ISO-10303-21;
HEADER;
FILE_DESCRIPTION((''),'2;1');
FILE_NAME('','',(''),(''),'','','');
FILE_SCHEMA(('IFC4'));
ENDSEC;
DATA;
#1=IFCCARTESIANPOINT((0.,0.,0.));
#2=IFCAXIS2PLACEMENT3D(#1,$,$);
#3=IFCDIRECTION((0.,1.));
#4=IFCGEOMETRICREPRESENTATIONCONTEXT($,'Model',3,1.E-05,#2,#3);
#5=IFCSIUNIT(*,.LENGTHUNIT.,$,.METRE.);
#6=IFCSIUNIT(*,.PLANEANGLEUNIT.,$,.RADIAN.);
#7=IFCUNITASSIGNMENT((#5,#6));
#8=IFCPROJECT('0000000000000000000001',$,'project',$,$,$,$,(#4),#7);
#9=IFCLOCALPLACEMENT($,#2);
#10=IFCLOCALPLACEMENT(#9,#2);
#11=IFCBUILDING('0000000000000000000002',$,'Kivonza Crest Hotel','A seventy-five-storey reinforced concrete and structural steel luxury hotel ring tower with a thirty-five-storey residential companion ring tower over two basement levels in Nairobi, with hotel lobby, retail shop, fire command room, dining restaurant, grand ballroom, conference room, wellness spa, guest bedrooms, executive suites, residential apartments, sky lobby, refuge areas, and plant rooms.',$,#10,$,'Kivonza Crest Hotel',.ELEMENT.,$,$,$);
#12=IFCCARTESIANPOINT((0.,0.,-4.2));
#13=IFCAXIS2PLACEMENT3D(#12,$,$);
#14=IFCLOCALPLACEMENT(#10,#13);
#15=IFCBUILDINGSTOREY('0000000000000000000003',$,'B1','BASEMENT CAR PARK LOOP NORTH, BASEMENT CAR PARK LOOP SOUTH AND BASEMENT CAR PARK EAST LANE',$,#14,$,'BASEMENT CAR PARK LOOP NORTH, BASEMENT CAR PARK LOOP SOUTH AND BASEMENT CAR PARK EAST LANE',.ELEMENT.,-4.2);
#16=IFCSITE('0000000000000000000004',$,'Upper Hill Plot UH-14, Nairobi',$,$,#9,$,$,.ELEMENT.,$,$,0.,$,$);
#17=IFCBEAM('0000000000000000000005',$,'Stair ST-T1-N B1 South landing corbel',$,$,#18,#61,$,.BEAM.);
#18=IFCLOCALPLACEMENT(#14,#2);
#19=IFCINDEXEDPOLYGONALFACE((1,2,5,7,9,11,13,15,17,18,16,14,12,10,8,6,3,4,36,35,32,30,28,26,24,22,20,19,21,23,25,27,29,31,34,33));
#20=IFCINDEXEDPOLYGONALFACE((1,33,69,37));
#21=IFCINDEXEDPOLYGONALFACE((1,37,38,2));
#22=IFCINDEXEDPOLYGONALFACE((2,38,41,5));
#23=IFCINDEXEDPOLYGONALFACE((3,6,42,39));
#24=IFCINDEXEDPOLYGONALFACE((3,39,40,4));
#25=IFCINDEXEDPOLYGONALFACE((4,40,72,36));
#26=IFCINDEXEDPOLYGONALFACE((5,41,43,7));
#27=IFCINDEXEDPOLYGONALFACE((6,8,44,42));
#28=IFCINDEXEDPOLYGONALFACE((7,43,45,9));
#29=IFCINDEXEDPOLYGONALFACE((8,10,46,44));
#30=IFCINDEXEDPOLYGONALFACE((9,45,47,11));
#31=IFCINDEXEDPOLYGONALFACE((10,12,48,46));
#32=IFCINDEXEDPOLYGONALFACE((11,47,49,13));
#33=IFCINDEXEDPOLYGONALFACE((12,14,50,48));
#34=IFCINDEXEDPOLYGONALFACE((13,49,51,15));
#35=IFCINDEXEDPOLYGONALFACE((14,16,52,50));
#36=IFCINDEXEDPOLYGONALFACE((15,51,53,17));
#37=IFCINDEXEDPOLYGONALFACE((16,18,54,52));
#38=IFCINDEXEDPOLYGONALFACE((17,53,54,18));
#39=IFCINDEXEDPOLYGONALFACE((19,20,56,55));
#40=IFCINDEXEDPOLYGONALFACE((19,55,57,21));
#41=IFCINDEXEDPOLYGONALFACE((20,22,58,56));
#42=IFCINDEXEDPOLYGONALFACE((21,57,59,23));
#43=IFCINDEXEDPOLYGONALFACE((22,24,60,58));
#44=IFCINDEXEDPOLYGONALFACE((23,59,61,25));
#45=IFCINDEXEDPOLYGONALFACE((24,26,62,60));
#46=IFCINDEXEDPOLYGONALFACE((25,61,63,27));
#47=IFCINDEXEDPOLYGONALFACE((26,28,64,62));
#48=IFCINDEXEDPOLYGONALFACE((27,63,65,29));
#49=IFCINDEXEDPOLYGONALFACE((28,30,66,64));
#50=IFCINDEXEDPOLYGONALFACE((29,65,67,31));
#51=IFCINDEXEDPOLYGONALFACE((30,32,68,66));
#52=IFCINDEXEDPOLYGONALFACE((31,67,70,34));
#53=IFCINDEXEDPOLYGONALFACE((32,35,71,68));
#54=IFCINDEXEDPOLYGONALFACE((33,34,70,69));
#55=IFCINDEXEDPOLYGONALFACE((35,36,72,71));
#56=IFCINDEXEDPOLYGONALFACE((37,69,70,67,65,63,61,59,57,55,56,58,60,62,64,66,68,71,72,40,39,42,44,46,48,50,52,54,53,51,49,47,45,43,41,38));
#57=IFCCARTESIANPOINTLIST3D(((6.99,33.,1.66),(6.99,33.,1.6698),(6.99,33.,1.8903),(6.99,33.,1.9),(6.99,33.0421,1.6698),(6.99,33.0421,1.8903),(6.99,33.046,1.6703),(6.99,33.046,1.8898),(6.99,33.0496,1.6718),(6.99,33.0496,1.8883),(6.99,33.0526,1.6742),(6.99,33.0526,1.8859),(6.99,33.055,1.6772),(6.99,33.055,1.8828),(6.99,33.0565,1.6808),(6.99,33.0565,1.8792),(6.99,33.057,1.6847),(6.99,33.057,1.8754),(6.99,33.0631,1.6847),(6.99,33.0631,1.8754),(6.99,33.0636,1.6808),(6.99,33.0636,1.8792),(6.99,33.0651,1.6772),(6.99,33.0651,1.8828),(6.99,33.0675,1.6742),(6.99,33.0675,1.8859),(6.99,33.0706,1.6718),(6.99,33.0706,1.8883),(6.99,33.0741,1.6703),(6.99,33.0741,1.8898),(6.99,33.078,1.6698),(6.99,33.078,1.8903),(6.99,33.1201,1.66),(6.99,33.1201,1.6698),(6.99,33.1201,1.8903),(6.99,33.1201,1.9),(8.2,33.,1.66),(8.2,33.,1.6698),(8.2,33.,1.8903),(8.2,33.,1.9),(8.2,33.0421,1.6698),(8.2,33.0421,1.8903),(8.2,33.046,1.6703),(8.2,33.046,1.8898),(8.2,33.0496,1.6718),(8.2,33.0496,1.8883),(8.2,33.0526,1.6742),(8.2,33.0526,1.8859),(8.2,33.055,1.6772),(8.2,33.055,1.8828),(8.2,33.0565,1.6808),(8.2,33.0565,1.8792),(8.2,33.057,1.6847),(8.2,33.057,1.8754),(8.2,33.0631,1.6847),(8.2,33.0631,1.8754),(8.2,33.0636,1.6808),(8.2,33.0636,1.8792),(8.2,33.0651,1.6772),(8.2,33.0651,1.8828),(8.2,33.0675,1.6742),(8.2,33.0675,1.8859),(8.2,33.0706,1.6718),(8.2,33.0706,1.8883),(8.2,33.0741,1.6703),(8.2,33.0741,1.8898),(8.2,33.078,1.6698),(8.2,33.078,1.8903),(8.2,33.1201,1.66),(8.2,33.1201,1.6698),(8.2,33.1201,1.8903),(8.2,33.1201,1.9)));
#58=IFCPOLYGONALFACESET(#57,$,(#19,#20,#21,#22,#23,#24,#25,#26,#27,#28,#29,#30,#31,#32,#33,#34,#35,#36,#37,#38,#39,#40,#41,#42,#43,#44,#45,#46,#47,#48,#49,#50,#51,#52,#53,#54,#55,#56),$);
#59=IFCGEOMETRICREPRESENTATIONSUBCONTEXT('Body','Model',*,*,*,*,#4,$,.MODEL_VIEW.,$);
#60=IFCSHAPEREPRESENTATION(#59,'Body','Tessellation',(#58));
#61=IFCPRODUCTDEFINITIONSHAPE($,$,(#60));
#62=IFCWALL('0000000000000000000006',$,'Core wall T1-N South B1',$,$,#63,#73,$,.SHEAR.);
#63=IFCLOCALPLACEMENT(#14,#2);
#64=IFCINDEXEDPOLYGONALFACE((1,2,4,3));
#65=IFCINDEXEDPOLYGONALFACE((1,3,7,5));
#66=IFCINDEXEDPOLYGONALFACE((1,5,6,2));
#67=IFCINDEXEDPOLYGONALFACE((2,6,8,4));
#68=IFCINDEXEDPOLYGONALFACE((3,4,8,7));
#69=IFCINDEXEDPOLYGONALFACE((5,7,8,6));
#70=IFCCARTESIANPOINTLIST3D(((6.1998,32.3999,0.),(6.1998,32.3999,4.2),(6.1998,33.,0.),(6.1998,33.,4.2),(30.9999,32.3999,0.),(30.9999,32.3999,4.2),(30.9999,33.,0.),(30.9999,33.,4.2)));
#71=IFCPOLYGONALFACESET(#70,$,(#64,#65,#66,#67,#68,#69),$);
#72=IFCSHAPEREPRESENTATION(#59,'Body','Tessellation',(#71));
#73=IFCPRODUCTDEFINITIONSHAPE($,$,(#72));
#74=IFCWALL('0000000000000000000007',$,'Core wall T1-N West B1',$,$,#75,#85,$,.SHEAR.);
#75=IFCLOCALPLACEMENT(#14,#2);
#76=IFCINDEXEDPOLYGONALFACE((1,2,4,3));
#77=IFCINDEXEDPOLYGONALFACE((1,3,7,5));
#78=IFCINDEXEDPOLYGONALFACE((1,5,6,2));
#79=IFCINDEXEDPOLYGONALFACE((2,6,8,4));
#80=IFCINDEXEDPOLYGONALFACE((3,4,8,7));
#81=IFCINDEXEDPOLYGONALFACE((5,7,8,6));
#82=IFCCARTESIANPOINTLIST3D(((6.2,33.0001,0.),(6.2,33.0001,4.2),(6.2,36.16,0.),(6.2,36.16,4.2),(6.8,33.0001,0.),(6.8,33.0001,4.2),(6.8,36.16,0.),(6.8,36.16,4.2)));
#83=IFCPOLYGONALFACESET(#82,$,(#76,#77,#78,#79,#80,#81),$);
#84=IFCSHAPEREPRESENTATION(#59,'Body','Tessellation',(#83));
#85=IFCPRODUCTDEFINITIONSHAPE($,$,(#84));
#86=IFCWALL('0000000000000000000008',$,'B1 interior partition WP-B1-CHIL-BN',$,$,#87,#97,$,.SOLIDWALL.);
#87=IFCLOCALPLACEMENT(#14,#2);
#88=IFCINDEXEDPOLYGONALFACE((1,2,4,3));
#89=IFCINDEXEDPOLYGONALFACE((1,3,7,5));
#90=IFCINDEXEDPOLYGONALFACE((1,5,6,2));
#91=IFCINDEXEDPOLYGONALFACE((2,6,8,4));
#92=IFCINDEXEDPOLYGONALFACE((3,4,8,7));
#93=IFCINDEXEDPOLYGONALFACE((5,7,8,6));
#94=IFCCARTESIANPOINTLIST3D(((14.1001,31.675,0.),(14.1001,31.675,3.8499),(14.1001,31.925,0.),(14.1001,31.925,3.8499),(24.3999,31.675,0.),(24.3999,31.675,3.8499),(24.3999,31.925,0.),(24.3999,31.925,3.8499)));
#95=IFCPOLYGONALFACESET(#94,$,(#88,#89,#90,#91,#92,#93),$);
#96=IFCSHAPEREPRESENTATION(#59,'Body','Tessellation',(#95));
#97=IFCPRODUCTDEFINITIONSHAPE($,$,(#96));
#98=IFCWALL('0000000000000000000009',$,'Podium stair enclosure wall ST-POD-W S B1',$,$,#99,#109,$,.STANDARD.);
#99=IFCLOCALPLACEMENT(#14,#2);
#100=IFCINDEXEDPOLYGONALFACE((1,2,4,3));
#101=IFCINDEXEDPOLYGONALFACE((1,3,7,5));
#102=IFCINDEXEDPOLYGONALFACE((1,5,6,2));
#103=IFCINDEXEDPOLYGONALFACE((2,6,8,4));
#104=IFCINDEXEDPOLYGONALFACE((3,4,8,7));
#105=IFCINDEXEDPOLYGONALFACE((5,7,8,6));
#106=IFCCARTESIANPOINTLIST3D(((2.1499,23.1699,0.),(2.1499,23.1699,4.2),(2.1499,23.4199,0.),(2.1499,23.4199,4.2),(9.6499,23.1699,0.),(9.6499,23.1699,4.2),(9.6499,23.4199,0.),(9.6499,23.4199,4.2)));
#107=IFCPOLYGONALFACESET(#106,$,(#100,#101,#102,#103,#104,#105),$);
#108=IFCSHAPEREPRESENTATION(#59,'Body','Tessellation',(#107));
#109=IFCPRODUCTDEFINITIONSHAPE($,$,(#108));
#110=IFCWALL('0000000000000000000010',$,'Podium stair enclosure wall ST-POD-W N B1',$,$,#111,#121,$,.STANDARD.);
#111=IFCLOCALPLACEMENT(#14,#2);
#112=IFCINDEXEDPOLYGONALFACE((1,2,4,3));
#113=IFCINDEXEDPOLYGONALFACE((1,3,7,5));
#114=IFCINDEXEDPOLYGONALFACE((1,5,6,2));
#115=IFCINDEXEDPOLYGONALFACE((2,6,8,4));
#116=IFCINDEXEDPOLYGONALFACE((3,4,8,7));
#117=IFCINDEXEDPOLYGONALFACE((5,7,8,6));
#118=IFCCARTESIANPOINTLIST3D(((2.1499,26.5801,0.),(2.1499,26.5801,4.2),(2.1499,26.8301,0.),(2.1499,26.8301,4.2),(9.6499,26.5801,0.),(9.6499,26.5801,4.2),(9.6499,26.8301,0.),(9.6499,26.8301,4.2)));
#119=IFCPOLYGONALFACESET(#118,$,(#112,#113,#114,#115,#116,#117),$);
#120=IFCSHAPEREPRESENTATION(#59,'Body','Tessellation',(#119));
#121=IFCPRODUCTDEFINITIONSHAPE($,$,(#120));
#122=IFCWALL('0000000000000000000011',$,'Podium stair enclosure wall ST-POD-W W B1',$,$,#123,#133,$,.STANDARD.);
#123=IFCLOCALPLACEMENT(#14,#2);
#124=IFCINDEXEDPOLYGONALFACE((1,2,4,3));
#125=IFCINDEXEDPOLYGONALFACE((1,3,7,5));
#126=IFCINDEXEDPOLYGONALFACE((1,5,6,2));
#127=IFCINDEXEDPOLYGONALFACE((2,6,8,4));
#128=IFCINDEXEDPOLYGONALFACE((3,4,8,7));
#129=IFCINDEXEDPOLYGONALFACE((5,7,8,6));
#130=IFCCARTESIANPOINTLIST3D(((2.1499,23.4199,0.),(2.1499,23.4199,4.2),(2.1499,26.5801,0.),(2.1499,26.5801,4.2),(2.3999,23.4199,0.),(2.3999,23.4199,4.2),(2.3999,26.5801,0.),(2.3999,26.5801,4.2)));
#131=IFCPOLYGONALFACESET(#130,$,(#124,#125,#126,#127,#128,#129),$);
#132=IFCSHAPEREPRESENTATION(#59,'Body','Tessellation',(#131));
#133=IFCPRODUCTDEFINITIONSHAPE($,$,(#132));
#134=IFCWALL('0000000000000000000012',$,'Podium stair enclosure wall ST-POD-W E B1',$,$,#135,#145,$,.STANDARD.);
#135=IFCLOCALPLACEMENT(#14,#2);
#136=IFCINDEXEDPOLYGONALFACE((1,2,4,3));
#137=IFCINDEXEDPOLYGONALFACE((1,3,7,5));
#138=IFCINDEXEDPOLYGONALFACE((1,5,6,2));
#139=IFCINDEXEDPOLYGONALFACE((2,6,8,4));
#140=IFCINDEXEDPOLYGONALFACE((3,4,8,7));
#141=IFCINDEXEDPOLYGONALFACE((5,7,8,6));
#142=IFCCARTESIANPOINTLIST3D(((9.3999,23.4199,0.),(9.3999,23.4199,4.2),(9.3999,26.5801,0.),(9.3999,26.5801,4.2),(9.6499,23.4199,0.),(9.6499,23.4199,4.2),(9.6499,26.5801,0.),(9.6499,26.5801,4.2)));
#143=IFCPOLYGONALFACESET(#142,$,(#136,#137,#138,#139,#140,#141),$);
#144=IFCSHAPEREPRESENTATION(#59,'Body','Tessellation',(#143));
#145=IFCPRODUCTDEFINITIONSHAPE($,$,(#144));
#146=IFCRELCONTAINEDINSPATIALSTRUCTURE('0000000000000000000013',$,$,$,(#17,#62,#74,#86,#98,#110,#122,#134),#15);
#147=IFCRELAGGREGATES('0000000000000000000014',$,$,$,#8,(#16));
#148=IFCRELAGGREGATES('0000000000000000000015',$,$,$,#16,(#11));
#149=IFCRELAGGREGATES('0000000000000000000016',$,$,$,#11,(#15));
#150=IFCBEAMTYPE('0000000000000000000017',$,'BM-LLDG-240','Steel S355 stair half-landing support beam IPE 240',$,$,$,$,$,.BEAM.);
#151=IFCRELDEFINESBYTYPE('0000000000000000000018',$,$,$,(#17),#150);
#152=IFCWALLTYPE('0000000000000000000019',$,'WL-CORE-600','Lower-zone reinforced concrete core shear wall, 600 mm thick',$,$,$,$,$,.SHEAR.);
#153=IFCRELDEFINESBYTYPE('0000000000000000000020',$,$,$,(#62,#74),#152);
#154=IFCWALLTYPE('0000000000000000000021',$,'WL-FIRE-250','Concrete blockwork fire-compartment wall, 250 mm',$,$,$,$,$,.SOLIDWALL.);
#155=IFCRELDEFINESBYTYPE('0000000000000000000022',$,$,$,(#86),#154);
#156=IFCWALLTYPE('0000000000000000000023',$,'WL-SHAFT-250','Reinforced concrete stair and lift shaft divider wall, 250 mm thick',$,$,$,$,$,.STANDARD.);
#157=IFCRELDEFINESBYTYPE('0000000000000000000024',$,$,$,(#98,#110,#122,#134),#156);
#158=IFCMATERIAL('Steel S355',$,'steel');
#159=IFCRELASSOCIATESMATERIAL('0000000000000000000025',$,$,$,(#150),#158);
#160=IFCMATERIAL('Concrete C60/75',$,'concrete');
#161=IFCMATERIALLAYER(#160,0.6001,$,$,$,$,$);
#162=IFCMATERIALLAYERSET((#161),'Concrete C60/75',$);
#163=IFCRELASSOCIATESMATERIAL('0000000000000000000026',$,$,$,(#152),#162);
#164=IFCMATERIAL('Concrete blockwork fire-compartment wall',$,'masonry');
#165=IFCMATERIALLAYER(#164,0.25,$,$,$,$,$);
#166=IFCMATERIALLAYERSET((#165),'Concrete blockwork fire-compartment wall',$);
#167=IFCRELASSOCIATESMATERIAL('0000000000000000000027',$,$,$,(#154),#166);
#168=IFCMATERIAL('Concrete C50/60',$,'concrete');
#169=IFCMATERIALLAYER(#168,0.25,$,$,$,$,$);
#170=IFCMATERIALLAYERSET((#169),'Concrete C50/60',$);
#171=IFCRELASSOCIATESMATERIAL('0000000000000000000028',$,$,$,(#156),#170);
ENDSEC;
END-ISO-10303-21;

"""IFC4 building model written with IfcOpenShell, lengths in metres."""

from ifc_helpers import new_model, si_unit, direction, frame, frame_2d, origin, origin_2d, place, context, subcontext, project, spatial, rectangle, i_section, extrude, material, layer, layer_set, material_profile, profile_set, type_object, element, save


model = new_model("IFC4")

# Units and contexts
model_context = context("Model", 3, precision=1e-05, world=origin(), true_north=direction((0.0, 1.0)))
body_context = subcontext(model_context, "Body", "Model", "MODEL_VIEW")
ifc_project = project(units=[si_unit("LENGTHUNIT", "METRE"), si_unit("PLANEANGLEUNIT", "RADIAN")], contexts=[model_context])

# Site, building, storey
site_placement = place(None, origin())
site = spatial("IfcSite", under=ifc_project, at=site_placement, Name="Upper Hill Plot UH-14, Nairobi", CompositionType="ELEMENT", RefElevation=0.0)
building_placement = place(site_placement, origin())
building = spatial("IfcBuilding", under=site, at=building_placement, Name="Kivonza Crest Hotel", Description="A seventy-five-storey reinforced concrete and structural steel luxury hotel ring tower with a thirty-five-storey residential companion ring tower over two basement levels in Nairobi, with hotel lobby, retail shop, fire command room, dining restaurant, grand ballroom, conference room, wellness spa, guest bedrooms, executive suites, residential apartments, sky lobby, refuge areas, and plant rooms.", LongName="Kivonza Crest Hotel", CompositionType="ELEMENT")
storey_placement = place(building_placement, frame((0.0, 0.0, -4.2)))
storey = spatial("IfcBuildingStorey", under=building, at=storey_placement, Name="B1", Description="BASEMENT CAR PARK LOOP NORTH, BASEMENT CAR PARK LOOP SOUTH AND BASEMENT CAR PARK EAST LANE", LongName="BASEMENT CAR PARK LOOP NORTH, BASEMENT CAR PARK LOOP SOUTH AND BASEMENT CAR PARK EAST LANE", CompositionType="ELEMENT", Elevation=-4.2)

# Shared definitions
ifc_material_1 = material(Name="Concrete C60/75", Category="concrete")

# Beam
ifc_material_2 = material(Name="Steel S355", Category="steel")
ifc_material_profile_1 = material_profile(ifc_material_2, i_section(OverallWidth=0.1201, OverallDepth=0.24, WebThickness=0.0061, FlangeThickness=0.0098, FilletRadius=0.0149, at=origin_2d()), Name="IPE 240")
ifc_profile_set_1 = profile_set([ifc_material_profile_1], Name="Steel S355")
beam_type_1 = type_object("IfcBeamType", Name="BM-LLDG-240", Description="Steel S355 stair half-landing support beam IPE 240", PredefinedType="BEAM", material=ifc_profile_set_1)
beam_1_placement = place(storey_placement, frame((6.99, 33.0601, 1.78), z_axis=(1.0, 0.0, 0.0), x_axis=(0.0, 1.0, 0.0)))
element("IfcBeam", 1, at=beam_1_placement, inside=storey, type_object=beam_type_1, Name="Stair ST-T1-N B1 South landing corbel", PredefinedType="BEAM", context=body_context, shape_type="SweptSolid", body=[
    extrude(i_section(OverallWidth=0.1201, OverallDepth=0.24, WebThickness=0.0061, FlangeThickness=0.0098, FilletRadius=0.0149, at=origin_2d()), origin(), (0.0, 0.0, 1.0), 1.21),
])

# Walls
ifc_layer_1 = layer(ifc_material_1, 0.6001)
ifc_layer_set_1 = layer_set([ifc_layer_1], Name="Concrete C60/75")
wall_type_1 = type_object("IfcWallType", Name="WL-CORE-600", Description="Lower-zone reinforced concrete core shear wall, 600 mm thick", PredefinedType="SHEAR", material=ifc_layer_set_1)
wall_1_placement = place(storey_placement, frame((6.2, 32.7, 0.0), z_axis=(0.0, 0.0, 1.0), x_axis=(1.0, 0.0, 0.0)))
element("IfcWall", 2, at=wall_1_placement, inside=storey, type_object=wall_type_1, Name="Core wall T1-N South B1", PredefinedType="SHEAR", context=body_context, shape_type="SweptSolid", body=[
    extrude(rectangle(XDim=24.8, YDim=0.6001, at=frame_2d((12.3999, 0.0))), origin(), (0.0, 0.0, 1.0), 4.2),
])
wall_2_placement = place(storey_placement, frame((6.5, 33.0, 0.0), z_axis=(0.0, 0.0, 1.0), x_axis=(0.0, 1.0, 0.0)))
element("IfcWall", 3, at=wall_2_placement, inside=storey, type_object=wall_type_1, Name="Core wall T1-N West B1", PredefinedType="SHEAR", context=body_context, shape_type="SweptSolid", body=[
    extrude(rectangle(XDim=3.1599, YDim=0.6001, at=frame_2d((1.5801, 0.0))), origin(), (0.0, 0.0, 1.0), 4.2),
])
ifc_material_3 = material(Name="Concrete blockwork fire-compartment wall", Category="masonry")
ifc_layer_2 = layer(ifc_material_3, 0.25)
ifc_layer_set_2 = layer_set([ifc_layer_2], Name="Concrete blockwork fire-compartment wall")
wall_type_2 = type_object("IfcWallType", Name="WL-FIRE-250", Description="Concrete blockwork fire-compartment wall, 250 mm", PredefinedType="SOLIDWALL", material=ifc_layer_set_2)
wall_3_placement = place(storey_placement, frame((14.1001, 31.8, 0.0), z_axis=(0.0, 0.0, 1.0), x_axis=(1.0, 0.0, 0.0)))
element("IfcWall", 4, at=wall_3_placement, inside=storey, type_object=wall_type_2, Name="B1 interior partition WP-B1-CHIL-BN", PredefinedType="SOLIDWALL", context=body_context, shape_type="SweptSolid", body=[
    extrude(rectangle(XDim=10.2998, YDim=0.25, at=frame_2d((5.1499, 0.0))), origin(), (0.0, 0.0, 1.0), 3.8499),
])

# Shared definitions
ifc_material_4 = material(Name="Concrete C50/60", Category="concrete")
ifc_layer_3 = layer(ifc_material_4, 0.25)
ifc_layer_set_3 = layer_set([ifc_layer_3], Name="Concrete C50/60")
wall_type_3 = type_object("IfcWallType", Name="WL-SHAFT-250", Description="Reinforced concrete stair and lift shaft divider wall, 250 mm thick", PredefinedType="STANDARD", material=ifc_layer_set_3)

# Walls
for number, where, z_axis, x_axis, name in (
    (5, (2.1499, 23.2949, 0.0), (0.0, 0.0, 1.0), (1.0, 0.0, 0.0), "Podium stair enclosure wall ST-POD-W S B1"),
    (6, (2.1499, 26.7051, 0.0), (0.0, 0.0, 1.0), (1.0, 0.0, 0.0), "Podium stair enclosure wall ST-POD-W N B1"),
):
    element("IfcWall", number, at=place(storey_placement, frame(where, z_axis=z_axis, x_axis=x_axis)), inside=storey, type_object=wall_type_3, Name=name, PredefinedType="STANDARD", context=body_context, shape_type="SweptSolid", body=[
        extrude(rectangle(XDim=7.5, YDim=0.25, at=frame_2d((3.75, 0.0))), origin(), (0.0, 0.0, 1.0), 4.2),
    ])
for number, where, z_axis, x_axis, name in (
    (7, (2.2749, 23.4199, 0.0), (0.0, 0.0, 1.0), (0.0, 1.0, 0.0), "Podium stair enclosure wall ST-POD-W W B1"),
    (8, (9.5249, 23.4199, 0.0), (0.0, 0.0, 1.0), (0.0, 1.0, 0.0), "Podium stair enclosure wall ST-POD-W E B1"),
):
    element("IfcWall", number, at=place(storey_placement, frame(where, z_axis=z_axis, x_axis=x_axis)), inside=storey, type_object=wall_type_3, Name=name, PredefinedType="STANDARD", context=body_context, shape_type="SweptSolid", body=[
        extrude(rectangle(XDim=3.1602, YDim=0.25, at=frame_2d((1.5801, 0.0))), origin(), (0.0, 0.0, 1.0), 4.2),
    ])

save(model, "model.ifc")
